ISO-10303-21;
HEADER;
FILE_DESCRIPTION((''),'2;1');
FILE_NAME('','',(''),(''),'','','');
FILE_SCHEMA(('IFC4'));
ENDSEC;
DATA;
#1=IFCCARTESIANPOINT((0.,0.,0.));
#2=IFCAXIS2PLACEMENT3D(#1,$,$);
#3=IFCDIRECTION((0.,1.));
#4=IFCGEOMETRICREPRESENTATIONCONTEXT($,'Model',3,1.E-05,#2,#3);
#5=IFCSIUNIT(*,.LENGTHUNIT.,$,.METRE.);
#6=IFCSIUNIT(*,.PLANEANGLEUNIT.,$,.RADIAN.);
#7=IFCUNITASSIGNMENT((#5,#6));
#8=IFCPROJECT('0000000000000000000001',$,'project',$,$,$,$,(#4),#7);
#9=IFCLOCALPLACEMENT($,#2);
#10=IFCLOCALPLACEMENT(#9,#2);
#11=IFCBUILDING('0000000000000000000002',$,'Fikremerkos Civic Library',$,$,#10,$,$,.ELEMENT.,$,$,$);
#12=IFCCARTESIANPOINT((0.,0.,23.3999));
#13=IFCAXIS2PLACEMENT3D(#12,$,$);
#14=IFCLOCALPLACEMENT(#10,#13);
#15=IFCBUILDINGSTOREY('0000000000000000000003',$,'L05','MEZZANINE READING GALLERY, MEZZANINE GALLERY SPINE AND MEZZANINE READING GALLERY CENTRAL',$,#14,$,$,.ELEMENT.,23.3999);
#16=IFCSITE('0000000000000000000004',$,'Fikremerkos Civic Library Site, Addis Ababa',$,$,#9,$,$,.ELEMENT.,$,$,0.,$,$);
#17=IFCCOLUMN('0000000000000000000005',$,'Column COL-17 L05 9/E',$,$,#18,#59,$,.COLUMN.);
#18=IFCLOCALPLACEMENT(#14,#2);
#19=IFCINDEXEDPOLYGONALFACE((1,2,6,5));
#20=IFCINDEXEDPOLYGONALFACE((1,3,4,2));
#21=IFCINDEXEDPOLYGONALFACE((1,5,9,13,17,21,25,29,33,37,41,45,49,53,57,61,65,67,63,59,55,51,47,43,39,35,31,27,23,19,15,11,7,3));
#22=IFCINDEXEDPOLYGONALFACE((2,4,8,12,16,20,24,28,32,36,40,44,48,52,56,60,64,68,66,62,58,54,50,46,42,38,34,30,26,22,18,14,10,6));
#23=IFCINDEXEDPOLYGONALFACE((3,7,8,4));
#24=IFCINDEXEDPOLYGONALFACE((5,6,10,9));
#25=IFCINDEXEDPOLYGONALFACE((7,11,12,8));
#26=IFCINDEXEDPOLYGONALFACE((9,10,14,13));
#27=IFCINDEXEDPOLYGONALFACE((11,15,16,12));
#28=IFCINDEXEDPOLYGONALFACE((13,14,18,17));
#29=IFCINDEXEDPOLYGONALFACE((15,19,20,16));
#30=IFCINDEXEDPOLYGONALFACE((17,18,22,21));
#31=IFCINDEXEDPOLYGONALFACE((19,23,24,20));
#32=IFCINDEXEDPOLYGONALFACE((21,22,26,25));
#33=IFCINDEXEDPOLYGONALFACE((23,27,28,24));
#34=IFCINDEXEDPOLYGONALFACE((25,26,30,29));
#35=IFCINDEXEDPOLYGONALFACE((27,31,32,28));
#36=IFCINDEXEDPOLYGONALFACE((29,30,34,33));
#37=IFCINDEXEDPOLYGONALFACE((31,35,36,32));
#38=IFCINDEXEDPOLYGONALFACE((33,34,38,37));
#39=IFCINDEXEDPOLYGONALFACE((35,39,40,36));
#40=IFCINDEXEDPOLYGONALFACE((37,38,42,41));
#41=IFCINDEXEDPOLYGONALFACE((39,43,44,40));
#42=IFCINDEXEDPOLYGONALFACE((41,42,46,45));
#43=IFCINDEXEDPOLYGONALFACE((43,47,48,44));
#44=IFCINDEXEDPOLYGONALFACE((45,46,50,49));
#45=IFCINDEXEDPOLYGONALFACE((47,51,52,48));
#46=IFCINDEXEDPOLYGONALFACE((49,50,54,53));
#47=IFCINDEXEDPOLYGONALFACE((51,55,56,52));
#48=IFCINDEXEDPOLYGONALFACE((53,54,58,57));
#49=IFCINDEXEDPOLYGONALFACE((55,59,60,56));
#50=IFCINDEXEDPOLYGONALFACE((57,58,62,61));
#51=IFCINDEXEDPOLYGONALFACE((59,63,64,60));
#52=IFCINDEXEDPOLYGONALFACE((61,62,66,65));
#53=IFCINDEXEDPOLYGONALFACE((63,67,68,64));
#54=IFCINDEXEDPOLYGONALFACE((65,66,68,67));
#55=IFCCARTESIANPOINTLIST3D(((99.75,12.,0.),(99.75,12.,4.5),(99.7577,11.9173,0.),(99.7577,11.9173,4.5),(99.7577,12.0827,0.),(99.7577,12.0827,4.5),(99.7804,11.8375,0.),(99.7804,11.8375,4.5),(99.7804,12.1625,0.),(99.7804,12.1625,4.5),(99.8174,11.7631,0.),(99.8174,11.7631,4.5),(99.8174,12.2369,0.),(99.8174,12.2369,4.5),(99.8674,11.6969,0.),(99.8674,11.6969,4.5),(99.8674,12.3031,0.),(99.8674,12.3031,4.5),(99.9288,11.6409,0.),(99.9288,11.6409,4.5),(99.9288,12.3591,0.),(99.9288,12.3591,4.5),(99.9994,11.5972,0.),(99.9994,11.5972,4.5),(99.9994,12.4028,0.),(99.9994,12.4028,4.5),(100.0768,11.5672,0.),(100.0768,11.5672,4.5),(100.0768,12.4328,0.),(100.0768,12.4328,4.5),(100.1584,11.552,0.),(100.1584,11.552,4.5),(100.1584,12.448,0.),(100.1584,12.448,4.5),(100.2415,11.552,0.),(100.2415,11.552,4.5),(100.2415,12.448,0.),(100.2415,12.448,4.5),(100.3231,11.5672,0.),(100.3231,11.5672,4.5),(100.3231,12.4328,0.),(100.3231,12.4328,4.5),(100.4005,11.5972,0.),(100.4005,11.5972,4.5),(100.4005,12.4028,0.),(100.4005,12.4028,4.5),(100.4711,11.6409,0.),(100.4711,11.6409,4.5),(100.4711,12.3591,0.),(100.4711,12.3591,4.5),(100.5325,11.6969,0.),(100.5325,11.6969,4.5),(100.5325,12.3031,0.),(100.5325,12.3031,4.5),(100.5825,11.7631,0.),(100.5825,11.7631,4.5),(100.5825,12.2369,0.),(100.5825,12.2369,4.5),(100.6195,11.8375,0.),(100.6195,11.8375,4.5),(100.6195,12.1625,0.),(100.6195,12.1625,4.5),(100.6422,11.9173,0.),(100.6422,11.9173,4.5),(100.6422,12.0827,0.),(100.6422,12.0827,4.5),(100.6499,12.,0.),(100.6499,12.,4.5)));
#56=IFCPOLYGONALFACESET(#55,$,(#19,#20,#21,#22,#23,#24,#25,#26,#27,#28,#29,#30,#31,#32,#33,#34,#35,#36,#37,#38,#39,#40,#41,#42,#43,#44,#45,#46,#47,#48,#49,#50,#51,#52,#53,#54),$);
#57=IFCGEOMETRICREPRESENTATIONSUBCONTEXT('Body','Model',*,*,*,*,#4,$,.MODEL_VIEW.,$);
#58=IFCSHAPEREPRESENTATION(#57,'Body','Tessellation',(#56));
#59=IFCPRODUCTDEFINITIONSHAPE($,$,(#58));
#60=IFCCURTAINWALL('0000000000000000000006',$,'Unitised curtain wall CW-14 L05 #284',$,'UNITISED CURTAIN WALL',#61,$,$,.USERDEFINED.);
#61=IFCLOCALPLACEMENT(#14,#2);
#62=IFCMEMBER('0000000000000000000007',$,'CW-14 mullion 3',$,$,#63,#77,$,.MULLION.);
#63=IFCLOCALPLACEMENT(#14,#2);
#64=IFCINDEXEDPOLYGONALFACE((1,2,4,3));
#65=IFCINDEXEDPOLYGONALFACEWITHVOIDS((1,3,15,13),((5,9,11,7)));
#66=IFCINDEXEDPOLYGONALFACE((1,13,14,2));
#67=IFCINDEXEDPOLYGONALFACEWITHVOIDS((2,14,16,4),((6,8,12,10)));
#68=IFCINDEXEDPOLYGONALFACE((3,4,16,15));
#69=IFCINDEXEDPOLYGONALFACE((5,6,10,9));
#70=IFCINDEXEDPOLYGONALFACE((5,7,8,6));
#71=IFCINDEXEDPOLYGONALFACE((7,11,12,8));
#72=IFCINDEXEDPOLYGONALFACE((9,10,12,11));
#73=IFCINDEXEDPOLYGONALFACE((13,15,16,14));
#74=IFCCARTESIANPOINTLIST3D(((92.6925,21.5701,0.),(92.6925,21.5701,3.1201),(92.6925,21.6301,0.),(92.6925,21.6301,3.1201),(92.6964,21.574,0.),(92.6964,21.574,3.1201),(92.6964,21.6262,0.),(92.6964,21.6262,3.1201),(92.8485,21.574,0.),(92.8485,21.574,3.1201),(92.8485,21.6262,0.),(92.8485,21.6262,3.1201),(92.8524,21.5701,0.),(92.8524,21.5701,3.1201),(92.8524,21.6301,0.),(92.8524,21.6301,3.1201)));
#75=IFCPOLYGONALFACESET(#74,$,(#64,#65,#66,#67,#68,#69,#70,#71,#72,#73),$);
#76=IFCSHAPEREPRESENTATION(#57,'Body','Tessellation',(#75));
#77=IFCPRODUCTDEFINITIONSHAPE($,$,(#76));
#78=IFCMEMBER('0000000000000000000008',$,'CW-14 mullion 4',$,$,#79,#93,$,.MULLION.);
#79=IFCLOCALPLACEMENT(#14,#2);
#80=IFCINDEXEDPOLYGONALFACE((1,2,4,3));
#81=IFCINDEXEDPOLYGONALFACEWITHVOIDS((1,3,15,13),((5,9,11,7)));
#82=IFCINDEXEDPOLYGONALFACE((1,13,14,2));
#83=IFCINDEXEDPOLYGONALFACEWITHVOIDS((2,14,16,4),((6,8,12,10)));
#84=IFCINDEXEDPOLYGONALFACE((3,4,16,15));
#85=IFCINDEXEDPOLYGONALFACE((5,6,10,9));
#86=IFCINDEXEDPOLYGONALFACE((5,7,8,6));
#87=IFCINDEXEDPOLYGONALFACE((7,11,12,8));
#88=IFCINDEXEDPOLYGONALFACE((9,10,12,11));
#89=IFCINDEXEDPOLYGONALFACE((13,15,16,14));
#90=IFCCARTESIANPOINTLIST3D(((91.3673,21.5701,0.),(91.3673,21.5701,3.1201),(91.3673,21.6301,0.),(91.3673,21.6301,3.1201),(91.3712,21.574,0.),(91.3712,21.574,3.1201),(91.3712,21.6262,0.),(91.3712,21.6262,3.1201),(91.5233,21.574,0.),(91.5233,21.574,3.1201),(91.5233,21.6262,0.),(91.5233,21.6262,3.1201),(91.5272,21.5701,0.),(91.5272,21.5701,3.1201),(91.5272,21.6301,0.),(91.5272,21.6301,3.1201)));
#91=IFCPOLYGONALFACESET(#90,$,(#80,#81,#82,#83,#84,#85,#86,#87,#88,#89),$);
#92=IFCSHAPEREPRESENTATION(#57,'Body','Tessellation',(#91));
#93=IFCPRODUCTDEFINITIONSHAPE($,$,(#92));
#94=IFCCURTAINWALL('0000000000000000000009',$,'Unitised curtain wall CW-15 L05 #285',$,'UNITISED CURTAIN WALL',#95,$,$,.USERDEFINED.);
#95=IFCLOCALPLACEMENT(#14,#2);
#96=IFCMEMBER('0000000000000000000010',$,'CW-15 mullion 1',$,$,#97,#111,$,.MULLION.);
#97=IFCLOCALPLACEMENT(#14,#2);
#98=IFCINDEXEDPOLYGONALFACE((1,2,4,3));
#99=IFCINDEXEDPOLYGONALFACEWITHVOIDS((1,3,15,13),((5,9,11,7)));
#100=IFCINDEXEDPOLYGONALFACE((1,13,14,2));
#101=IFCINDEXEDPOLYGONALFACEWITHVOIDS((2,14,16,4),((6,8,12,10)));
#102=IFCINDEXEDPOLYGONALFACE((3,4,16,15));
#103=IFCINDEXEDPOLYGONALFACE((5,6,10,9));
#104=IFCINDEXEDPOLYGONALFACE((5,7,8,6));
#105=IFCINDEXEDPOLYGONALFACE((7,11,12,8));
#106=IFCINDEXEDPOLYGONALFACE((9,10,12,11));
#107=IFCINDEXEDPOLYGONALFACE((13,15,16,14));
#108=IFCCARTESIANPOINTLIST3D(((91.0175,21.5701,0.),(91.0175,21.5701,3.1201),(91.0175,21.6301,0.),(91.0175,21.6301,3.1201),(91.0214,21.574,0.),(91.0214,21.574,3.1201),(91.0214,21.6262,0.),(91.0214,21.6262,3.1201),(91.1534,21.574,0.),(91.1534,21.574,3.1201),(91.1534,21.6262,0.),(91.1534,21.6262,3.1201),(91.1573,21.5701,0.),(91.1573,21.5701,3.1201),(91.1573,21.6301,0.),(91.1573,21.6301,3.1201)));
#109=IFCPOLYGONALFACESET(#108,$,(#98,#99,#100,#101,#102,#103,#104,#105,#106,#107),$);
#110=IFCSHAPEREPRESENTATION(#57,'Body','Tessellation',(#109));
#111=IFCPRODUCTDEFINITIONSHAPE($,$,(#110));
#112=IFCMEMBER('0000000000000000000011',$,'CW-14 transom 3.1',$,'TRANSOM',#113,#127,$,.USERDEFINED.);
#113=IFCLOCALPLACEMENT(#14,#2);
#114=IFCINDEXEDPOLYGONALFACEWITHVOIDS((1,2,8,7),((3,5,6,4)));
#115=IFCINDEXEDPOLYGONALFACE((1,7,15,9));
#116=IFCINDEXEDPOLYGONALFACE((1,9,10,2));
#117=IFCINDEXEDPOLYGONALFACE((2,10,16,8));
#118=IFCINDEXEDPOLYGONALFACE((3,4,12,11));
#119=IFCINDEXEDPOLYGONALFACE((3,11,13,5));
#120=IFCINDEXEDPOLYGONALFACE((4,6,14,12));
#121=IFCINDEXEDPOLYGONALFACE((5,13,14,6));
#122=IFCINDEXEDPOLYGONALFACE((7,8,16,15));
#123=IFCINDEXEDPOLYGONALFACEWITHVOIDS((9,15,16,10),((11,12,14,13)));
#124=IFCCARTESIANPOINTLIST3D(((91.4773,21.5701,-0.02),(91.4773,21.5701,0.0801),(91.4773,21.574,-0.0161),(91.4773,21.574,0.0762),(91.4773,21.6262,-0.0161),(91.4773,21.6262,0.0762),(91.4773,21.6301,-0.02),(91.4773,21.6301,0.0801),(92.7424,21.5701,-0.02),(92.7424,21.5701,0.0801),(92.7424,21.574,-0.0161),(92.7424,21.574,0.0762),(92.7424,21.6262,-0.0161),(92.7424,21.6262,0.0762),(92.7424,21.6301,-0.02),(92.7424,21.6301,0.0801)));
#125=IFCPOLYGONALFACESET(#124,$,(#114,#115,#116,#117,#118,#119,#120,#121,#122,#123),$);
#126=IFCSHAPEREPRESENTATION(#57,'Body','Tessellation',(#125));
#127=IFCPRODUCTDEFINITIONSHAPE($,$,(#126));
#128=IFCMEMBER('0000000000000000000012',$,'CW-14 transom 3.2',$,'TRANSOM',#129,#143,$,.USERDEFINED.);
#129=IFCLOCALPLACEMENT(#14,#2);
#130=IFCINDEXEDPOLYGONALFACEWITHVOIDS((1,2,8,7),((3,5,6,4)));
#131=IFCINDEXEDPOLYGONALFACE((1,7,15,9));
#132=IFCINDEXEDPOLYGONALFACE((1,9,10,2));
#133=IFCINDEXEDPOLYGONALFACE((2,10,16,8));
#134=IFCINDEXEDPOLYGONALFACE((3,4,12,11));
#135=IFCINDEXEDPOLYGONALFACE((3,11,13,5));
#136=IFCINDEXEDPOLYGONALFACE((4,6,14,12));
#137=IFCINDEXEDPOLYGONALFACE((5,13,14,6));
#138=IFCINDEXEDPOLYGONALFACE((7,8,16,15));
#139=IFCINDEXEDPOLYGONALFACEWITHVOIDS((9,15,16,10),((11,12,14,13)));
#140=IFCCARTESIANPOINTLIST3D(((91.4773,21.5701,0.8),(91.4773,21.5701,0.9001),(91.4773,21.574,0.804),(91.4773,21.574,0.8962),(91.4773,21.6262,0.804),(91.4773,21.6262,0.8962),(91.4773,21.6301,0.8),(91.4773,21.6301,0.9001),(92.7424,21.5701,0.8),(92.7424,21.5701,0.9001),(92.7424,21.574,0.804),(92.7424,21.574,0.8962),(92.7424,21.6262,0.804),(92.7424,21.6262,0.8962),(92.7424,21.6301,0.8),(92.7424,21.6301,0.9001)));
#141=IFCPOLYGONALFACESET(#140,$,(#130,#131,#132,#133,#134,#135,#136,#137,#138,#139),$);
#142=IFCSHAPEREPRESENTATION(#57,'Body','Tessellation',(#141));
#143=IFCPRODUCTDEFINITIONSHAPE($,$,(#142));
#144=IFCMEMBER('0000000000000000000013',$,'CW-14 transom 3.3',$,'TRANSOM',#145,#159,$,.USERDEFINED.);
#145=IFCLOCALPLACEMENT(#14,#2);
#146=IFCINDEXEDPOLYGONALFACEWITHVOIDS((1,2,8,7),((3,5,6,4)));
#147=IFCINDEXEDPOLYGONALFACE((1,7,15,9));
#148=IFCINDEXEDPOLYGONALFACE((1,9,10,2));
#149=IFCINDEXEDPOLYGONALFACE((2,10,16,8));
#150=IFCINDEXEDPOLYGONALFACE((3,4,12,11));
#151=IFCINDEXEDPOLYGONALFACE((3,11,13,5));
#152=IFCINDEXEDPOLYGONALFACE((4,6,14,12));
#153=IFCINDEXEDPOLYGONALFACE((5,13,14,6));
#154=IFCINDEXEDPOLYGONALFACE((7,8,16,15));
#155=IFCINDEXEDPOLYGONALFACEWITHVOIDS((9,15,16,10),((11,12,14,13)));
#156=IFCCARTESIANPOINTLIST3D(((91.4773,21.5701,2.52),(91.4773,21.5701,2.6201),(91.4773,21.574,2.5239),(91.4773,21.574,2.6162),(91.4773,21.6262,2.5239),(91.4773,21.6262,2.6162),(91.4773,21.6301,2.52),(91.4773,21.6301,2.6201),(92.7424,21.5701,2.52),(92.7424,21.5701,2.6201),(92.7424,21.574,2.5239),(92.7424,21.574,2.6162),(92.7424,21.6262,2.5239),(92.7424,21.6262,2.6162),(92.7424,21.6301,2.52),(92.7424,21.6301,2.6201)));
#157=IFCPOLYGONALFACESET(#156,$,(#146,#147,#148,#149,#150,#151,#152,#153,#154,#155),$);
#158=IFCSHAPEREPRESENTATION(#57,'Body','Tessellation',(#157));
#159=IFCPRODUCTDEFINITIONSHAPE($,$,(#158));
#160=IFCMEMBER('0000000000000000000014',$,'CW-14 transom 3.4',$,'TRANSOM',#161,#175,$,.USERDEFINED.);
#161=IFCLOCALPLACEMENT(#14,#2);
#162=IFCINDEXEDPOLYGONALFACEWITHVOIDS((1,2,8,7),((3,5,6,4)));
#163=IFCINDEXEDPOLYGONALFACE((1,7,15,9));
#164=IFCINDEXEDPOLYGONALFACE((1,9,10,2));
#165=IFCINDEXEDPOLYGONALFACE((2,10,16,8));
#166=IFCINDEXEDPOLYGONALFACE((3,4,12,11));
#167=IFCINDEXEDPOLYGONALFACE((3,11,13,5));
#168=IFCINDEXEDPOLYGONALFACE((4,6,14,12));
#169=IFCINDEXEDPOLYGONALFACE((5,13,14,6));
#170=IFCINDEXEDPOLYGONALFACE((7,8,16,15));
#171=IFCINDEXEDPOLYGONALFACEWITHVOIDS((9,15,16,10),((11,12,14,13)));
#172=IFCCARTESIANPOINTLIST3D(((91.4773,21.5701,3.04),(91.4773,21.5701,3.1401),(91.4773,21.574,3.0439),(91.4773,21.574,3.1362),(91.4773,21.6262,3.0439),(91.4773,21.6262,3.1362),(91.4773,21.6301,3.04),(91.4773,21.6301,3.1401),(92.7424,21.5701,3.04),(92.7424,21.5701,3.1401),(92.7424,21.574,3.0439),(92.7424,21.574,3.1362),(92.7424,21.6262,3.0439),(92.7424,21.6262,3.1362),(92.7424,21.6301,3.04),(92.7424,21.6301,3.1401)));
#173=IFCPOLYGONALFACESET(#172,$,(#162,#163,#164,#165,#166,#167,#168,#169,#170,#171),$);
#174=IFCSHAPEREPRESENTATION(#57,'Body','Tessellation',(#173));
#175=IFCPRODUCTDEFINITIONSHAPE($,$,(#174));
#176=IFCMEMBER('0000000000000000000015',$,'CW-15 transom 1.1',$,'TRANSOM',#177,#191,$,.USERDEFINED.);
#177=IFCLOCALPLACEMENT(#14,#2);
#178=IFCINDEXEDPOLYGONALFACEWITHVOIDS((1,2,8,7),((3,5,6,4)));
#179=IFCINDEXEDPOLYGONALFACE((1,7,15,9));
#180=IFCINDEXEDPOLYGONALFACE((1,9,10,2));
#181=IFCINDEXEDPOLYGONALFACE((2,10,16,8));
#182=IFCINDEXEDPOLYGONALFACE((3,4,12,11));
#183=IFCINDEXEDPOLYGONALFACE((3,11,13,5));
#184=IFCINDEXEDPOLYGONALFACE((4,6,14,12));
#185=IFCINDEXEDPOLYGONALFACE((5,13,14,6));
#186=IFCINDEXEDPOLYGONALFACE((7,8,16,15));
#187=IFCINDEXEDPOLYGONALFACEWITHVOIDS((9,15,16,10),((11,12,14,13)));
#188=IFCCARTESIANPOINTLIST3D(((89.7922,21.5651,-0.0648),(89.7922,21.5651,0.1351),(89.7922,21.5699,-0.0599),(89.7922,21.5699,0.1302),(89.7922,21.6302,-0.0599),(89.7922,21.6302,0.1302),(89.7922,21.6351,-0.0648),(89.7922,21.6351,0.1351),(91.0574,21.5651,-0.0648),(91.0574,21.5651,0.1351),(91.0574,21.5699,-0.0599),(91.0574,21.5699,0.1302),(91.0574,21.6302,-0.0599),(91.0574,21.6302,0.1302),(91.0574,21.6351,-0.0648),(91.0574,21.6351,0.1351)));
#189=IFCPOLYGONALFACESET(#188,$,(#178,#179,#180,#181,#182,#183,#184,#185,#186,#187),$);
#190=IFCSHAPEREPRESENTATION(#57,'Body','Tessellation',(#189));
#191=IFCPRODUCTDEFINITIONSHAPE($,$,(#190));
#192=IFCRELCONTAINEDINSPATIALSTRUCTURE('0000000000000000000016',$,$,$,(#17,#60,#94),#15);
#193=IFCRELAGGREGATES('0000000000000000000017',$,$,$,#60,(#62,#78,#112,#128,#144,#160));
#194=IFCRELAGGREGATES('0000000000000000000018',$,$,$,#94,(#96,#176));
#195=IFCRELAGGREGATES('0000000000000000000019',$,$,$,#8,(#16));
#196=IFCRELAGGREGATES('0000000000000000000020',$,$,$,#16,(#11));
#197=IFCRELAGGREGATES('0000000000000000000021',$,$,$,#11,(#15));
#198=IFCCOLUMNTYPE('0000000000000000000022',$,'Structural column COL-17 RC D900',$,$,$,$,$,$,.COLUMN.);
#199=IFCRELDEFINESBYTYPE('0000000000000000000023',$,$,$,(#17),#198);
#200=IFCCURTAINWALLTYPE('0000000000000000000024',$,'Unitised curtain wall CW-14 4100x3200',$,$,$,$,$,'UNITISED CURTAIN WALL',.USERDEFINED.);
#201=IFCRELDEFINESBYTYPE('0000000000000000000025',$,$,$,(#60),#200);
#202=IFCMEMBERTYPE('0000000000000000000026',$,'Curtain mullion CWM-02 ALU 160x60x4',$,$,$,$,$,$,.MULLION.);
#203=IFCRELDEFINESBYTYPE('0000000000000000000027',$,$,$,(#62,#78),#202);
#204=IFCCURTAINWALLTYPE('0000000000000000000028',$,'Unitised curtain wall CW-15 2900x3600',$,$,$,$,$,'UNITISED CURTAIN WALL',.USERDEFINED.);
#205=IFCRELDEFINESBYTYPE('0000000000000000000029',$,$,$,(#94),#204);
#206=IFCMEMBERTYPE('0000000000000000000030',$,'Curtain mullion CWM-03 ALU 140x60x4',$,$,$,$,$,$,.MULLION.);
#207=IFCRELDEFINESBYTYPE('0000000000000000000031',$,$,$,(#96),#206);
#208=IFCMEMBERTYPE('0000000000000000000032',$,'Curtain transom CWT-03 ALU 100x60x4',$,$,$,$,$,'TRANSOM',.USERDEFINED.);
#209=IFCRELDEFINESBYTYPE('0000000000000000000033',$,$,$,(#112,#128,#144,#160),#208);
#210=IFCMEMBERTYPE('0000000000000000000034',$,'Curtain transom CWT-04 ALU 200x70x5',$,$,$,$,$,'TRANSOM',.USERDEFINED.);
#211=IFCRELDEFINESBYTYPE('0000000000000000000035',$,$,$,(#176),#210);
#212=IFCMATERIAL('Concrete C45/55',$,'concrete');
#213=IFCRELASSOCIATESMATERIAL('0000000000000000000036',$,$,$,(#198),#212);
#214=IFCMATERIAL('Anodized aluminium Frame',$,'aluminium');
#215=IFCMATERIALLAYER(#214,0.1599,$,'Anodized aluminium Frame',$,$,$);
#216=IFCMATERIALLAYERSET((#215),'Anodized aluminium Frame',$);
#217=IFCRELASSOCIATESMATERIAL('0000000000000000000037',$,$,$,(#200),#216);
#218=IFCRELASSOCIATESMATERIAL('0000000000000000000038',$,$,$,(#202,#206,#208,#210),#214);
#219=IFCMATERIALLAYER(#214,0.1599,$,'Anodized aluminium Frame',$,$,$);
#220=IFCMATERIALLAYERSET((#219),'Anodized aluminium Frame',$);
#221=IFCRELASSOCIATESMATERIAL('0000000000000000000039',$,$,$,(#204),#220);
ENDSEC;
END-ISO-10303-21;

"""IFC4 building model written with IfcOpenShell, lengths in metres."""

from ifc_helpers import new_model, si_unit, direction, frame, origin, origin_2d, place, context, subcontext, project, spatial, hollow_rectangle, circle, extrude, material, layer, layer_set, material_profile, profile_set, type_object, element, aggregate, save


model = new_model("IFC4")

# Units and contexts
model_context = context("Model", 3, precision=1e-05, world=origin(), true_north=direction((0.0, 1.0)))
body_context = subcontext(model_context, "Body", "Model", "MODEL_VIEW")
ifc_project = project(units=[si_unit("LENGTHUNIT", "METRE"), si_unit("PLANEANGLEUNIT", "RADIAN")], contexts=[model_context])

# Site, building, storey
site_placement = place(None, origin())
site = spatial("IfcSite", under=ifc_project, at=site_placement, Name="Fikremerkos Civic Library Site, Addis Ababa", CompositionType="ELEMENT", RefElevation=0.0)
building_placement = place(site_placement, origin())
building = spatial("IfcBuilding", under=site, at=building_placement, Name="Fikremerkos Civic Library", CompositionType="ELEMENT")
storey_placement = place(building_placement, frame((0.0, 0.0, 23.3999)))
storey = spatial("IfcBuildingStorey", under=building, at=storey_placement, Name="L05", Description="MEZZANINE READING GALLERY, MEZZANINE GALLERY SPINE AND MEZZANINE READING GALLERY CENTRAL", CompositionType="ELEMENT", Elevation=23.3999)

# Column
ifc_material_1 = material(Name="Concrete C45/55", Category="concrete")
ifc_material_profile_1 = material_profile(ifc_material_1, circle(Radius=0.45, at=origin_2d()), Name="RC D900")
ifc_profile_set_1 = profile_set([ifc_material_profile_1], Name="Concrete C45/55")
column_type = type_object("IfcColumnType", Name="Structural column COL-17 RC D900", PredefinedType="COLUMN", material=ifc_profile_set_1)
column_placement = place(storey_placement, frame((100.2, 12.0, 0.0), z_axis=(0.0, 0.0, 1.0), x_axis=(1.0, 0.0, 0.0)))
element("IfcColumn", 1, at=column_placement, inside=storey, type_object=column_type, Name="Column COL-17 L05 9/E", PredefinedType="COLUMN", context=body_context, shape_type="SweptSolid", body=[
    extrude(circle(Radius=0.45, at=origin_2d()), origin(), (0.0, 0.0, 1.0), 4.5),
])

# Curtain wall, members
ifc_material_2 = material(Name="Anodized aluminium Frame", Category="aluminium")
ifc_layer_1 = layer(ifc_material_2, 0.1599, Name="Anodized aluminium Frame")
ifc_layer_set_1 = layer_set([ifc_layer_1], Name="Anodized aluminium Frame")
curtain_wall_type_1 = type_object("IfcCurtainWallType", Name="Unitised curtain wall CW-14 4100x3200", ElementType="UNITISED CURTAIN WALL", PredefinedType="USERDEFINED", material=ifc_layer_set_1)
curtain_wall_1_placement = place(storey_placement, origin())
curtain_wall_1 = element("IfcCurtainWall", 2, at=curtain_wall_1_placement, inside=storey, type_object=curtain_wall_type_1, Name="Unitised curtain wall CW-14 L05 #284", ObjectType="UNITISED CURTAIN WALL", PredefinedType="USERDEFINED")
ifc_material_profile_2 = material_profile(ifc_material_2, hollow_rectangle(XDim=0.0601, YDim=0.1599, WallThickness=0.0039, at=origin_2d()), Name="ALU 160x60x4")
ifc_profile_set_2 = profile_set([ifc_material_profile_2], Name="Anodized aluminium Frame")
member_type_1 = type_object("IfcMemberType", Name="Curtain mullion CWM-02 ALU 160x60x4", PredefinedType="MULLION", material=ifc_profile_set_2)
member_1_placement = place(storey_placement, frame((92.7725, 21.6001, 0.0), z_axis=(0.0, 0.0, 1.0), x_axis=(0.0, -1.0, 0.0)))
member_1 = element("IfcMember", 3, at=member_1_placement, type_object=member_type_1, Name="CW-14 mullion 3", PredefinedType="MULLION", context=body_context, shape_type="SweptSolid", body=[
    extrude(hollow_rectangle(XDim=0.0601, YDim=0.1599, WallThickness=0.0039, at=origin_2d()), origin(), (0.0, 0.0, 1.0), 3.1201),
])
member_2_placement = place(storey_placement, frame((91.4473, 21.6001, 0.0), z_axis=(0.0, 0.0, 1.0), x_axis=(0.0, -1.0, 0.0)))
member_2 = element("IfcMember", 4, at=member_2_placement, type_object=member_type_1, Name="CW-14 mullion 4", PredefinedType="MULLION", context=body_context, shape_type="SweptSolid", body=[
    extrude(hollow_rectangle(XDim=0.0601, YDim=0.1599, WallThickness=0.0039, at=origin_2d()), origin(), (0.0, 0.0, 1.0), 3.1201),
])

# Curtain wall, member
ifc_layer_2 = layer(ifc_material_2, 0.1599, Name="Anodized aluminium Frame")
ifc_layer_set_2 = layer_set([ifc_layer_2], Name="Anodized aluminium Frame")
curtain_wall_type_2 = type_object("IfcCurtainWallType", Name="Unitised curtain wall CW-15 2900x3600", ElementType="UNITISED CURTAIN WALL", PredefinedType="USERDEFINED", material=ifc_layer_set_2)
curtain_wall_2_placement = place(storey_placement, origin())
curtain_wall_2 = element("IfcCurtainWall", 5, at=curtain_wall_2_placement, inside=storey, type_object=curtain_wall_type_2, Name="Unitised curtain wall CW-15 L05 #285", ObjectType="UNITISED CURTAIN WALL", PredefinedType="USERDEFINED")
ifc_material_profile_3 = material_profile(ifc_material_2, hollow_rectangle(XDim=0.0601, YDim=0.1399, WallThickness=0.0039, at=origin_2d()), Name="ALU 140x60x4")
ifc_profile_set_3 = profile_set([ifc_material_profile_3], Name="Anodized aluminium Frame")
member_type_2 = type_object("IfcMemberType", Name="Curtain mullion CWM-03 ALU 140x60x4", PredefinedType="MULLION", material=ifc_profile_set_3)
member_3_placement = place(storey_placement, frame((91.0874, 21.6001, 0.0), z_axis=(0.0, 0.0, 1.0), x_axis=(0.0, -1.0, 0.0)))
member_3 = element("IfcMember", 6, at=member_3_placement, type_object=member_type_2, Name="CW-15 mullion 1", PredefinedType="MULLION", context=body_context, shape_type="SweptSolid", body=[
    extrude(hollow_rectangle(XDim=0.0601, YDim=0.1399, WallThickness=0.0039, at=origin_2d()), origin(), (0.0, 0.0, 1.0), 3.1201),
])

# Members
ifc_material_profile_4 = material_profile(ifc_material_2, hollow_rectangle(XDim=0.0601, YDim=0.1001, WallThickness=0.0039, at=origin_2d()), Name="ALU 100x60x4")
ifc_profile_set_4 = profile_set([ifc_material_profile_4], Name="Anodized aluminium Frame")
member_type_3 = type_object("IfcMemberType", Name="Curtain transom CWT-03 ALU 100x60x4", ElementType="TRANSOM", PredefinedType="USERDEFINED", material=ifc_profile_set_4)
member_4_placement = place(storey_placement, frame((92.7424, 21.6001, 0.03), z_axis=(-1.0, 0.0, 0.0), x_axis=(0.0, -1.0, 0.0)))
member_4 = element("IfcMember", 7, at=member_4_placement, type_object=member_type_3, Name="CW-14 transom 3.1", ObjectType="TRANSOM", PredefinedType="USERDEFINED", context=body_context, shape_type="SweptSolid", body=[
    extrude(hollow_rectangle(XDim=0.0601, YDim=0.1001, WallThickness=0.0039, at=origin_2d()), origin(), (0.0, 0.0, 1.0), 1.2651),
])
member_5_placement = place(storey_placement, frame((92.7424, 21.6001, 0.8501), z_axis=(-1.0, 0.0, 0.0), x_axis=(0.0, -1.0, 0.0)))
member_5 = element("IfcMember", 8, at=member_5_placement, type_object=member_type_3, Name="CW-14 transom 3.2", ObjectType="TRANSOM", PredefinedType="USERDEFINED", context=body_context, shape_type="SweptSolid", body=[
    extrude(hollow_rectangle(XDim=0.0601, YDim=0.1001, WallThickness=0.0039, at=origin_2d()), origin(), (0.0, 0.0, 1.0), 1.2651),
])
member_6_placement = place(storey_placement, frame((92.7424, 21.6001, 2.5701), z_axis=(-1.0, 0.0, 0.0), x_axis=(0.0, -1.0, 0.0)))
member_6 = element("IfcMember", 9, at=member_6_placement, type_object=member_type_3, Name="CW-14 transom 3.3", ObjectType="TRANSOM", PredefinedType="USERDEFINED", context=body_context, shape_type="SweptSolid", body=[
    extrude(hollow_rectangle(XDim=0.0601, YDim=0.1001, WallThickness=0.0039, at=origin_2d()), origin(), (0.0, 0.0, 1.0), 1.2651),
])
member_7_placement = place(storey_placement, frame((92.7424, 21.6001, 3.0901), z_axis=(-1.0, 0.0, 0.0), x_axis=(0.0, -1.0, 0.0)))
member_7 = element("IfcMember", 10, at=member_7_placement, type_object=member_type_3, Name="CW-14 transom 3.4", ObjectType="TRANSOM", PredefinedType="USERDEFINED", context=body_context, shape_type="SweptSolid", body=[
    extrude(hollow_rectangle(XDim=0.0601, YDim=0.1001, WallThickness=0.0039, at=origin_2d()), origin(), (0.0, 0.0, 1.0), 1.2651),
])
ifc_material_profile_5 = material_profile(ifc_material_2, hollow_rectangle(XDim=0.0701, YDim=0.2, WallThickness=0.0049, at=origin_2d()), Name="ALU 200x70x5")
ifc_profile_set_5 = profile_set([ifc_material_profile_5], Name="Anodized aluminium Frame")
member_type_4 = type_object("IfcMemberType", Name="Curtain transom CWT-04 ALU 200x70x5", ElementType="TRANSOM", PredefinedType="USERDEFINED", material=ifc_profile_set_5)
member_8_placement = place(storey_placement, frame((91.0574, 21.6001, 0.0352), z_axis=(-1.0, 0.0, 0.0), x_axis=(0.0, -1.0, 0.0)))
member_8 = element("IfcMember", 11, at=member_8_placement, type_object=member_type_4, Name="CW-15 transom 1.1", ObjectType="TRANSOM", PredefinedType="USERDEFINED", context=body_context, shape_type="SweptSolid", body=[
    extrude(hollow_rectangle(XDim=0.0701, YDim=0.2, WallThickness=0.0049, at=origin_2d()), origin(), (0.0, 0.0, 1.0), 1.2651),
])

aggregate(curtain_wall_1, [member_1, member_2, member_4, member_5, member_6, member_7])
aggregate(curtain_wall_2, [member_3, member_8])

save(model, "model.ifc")
